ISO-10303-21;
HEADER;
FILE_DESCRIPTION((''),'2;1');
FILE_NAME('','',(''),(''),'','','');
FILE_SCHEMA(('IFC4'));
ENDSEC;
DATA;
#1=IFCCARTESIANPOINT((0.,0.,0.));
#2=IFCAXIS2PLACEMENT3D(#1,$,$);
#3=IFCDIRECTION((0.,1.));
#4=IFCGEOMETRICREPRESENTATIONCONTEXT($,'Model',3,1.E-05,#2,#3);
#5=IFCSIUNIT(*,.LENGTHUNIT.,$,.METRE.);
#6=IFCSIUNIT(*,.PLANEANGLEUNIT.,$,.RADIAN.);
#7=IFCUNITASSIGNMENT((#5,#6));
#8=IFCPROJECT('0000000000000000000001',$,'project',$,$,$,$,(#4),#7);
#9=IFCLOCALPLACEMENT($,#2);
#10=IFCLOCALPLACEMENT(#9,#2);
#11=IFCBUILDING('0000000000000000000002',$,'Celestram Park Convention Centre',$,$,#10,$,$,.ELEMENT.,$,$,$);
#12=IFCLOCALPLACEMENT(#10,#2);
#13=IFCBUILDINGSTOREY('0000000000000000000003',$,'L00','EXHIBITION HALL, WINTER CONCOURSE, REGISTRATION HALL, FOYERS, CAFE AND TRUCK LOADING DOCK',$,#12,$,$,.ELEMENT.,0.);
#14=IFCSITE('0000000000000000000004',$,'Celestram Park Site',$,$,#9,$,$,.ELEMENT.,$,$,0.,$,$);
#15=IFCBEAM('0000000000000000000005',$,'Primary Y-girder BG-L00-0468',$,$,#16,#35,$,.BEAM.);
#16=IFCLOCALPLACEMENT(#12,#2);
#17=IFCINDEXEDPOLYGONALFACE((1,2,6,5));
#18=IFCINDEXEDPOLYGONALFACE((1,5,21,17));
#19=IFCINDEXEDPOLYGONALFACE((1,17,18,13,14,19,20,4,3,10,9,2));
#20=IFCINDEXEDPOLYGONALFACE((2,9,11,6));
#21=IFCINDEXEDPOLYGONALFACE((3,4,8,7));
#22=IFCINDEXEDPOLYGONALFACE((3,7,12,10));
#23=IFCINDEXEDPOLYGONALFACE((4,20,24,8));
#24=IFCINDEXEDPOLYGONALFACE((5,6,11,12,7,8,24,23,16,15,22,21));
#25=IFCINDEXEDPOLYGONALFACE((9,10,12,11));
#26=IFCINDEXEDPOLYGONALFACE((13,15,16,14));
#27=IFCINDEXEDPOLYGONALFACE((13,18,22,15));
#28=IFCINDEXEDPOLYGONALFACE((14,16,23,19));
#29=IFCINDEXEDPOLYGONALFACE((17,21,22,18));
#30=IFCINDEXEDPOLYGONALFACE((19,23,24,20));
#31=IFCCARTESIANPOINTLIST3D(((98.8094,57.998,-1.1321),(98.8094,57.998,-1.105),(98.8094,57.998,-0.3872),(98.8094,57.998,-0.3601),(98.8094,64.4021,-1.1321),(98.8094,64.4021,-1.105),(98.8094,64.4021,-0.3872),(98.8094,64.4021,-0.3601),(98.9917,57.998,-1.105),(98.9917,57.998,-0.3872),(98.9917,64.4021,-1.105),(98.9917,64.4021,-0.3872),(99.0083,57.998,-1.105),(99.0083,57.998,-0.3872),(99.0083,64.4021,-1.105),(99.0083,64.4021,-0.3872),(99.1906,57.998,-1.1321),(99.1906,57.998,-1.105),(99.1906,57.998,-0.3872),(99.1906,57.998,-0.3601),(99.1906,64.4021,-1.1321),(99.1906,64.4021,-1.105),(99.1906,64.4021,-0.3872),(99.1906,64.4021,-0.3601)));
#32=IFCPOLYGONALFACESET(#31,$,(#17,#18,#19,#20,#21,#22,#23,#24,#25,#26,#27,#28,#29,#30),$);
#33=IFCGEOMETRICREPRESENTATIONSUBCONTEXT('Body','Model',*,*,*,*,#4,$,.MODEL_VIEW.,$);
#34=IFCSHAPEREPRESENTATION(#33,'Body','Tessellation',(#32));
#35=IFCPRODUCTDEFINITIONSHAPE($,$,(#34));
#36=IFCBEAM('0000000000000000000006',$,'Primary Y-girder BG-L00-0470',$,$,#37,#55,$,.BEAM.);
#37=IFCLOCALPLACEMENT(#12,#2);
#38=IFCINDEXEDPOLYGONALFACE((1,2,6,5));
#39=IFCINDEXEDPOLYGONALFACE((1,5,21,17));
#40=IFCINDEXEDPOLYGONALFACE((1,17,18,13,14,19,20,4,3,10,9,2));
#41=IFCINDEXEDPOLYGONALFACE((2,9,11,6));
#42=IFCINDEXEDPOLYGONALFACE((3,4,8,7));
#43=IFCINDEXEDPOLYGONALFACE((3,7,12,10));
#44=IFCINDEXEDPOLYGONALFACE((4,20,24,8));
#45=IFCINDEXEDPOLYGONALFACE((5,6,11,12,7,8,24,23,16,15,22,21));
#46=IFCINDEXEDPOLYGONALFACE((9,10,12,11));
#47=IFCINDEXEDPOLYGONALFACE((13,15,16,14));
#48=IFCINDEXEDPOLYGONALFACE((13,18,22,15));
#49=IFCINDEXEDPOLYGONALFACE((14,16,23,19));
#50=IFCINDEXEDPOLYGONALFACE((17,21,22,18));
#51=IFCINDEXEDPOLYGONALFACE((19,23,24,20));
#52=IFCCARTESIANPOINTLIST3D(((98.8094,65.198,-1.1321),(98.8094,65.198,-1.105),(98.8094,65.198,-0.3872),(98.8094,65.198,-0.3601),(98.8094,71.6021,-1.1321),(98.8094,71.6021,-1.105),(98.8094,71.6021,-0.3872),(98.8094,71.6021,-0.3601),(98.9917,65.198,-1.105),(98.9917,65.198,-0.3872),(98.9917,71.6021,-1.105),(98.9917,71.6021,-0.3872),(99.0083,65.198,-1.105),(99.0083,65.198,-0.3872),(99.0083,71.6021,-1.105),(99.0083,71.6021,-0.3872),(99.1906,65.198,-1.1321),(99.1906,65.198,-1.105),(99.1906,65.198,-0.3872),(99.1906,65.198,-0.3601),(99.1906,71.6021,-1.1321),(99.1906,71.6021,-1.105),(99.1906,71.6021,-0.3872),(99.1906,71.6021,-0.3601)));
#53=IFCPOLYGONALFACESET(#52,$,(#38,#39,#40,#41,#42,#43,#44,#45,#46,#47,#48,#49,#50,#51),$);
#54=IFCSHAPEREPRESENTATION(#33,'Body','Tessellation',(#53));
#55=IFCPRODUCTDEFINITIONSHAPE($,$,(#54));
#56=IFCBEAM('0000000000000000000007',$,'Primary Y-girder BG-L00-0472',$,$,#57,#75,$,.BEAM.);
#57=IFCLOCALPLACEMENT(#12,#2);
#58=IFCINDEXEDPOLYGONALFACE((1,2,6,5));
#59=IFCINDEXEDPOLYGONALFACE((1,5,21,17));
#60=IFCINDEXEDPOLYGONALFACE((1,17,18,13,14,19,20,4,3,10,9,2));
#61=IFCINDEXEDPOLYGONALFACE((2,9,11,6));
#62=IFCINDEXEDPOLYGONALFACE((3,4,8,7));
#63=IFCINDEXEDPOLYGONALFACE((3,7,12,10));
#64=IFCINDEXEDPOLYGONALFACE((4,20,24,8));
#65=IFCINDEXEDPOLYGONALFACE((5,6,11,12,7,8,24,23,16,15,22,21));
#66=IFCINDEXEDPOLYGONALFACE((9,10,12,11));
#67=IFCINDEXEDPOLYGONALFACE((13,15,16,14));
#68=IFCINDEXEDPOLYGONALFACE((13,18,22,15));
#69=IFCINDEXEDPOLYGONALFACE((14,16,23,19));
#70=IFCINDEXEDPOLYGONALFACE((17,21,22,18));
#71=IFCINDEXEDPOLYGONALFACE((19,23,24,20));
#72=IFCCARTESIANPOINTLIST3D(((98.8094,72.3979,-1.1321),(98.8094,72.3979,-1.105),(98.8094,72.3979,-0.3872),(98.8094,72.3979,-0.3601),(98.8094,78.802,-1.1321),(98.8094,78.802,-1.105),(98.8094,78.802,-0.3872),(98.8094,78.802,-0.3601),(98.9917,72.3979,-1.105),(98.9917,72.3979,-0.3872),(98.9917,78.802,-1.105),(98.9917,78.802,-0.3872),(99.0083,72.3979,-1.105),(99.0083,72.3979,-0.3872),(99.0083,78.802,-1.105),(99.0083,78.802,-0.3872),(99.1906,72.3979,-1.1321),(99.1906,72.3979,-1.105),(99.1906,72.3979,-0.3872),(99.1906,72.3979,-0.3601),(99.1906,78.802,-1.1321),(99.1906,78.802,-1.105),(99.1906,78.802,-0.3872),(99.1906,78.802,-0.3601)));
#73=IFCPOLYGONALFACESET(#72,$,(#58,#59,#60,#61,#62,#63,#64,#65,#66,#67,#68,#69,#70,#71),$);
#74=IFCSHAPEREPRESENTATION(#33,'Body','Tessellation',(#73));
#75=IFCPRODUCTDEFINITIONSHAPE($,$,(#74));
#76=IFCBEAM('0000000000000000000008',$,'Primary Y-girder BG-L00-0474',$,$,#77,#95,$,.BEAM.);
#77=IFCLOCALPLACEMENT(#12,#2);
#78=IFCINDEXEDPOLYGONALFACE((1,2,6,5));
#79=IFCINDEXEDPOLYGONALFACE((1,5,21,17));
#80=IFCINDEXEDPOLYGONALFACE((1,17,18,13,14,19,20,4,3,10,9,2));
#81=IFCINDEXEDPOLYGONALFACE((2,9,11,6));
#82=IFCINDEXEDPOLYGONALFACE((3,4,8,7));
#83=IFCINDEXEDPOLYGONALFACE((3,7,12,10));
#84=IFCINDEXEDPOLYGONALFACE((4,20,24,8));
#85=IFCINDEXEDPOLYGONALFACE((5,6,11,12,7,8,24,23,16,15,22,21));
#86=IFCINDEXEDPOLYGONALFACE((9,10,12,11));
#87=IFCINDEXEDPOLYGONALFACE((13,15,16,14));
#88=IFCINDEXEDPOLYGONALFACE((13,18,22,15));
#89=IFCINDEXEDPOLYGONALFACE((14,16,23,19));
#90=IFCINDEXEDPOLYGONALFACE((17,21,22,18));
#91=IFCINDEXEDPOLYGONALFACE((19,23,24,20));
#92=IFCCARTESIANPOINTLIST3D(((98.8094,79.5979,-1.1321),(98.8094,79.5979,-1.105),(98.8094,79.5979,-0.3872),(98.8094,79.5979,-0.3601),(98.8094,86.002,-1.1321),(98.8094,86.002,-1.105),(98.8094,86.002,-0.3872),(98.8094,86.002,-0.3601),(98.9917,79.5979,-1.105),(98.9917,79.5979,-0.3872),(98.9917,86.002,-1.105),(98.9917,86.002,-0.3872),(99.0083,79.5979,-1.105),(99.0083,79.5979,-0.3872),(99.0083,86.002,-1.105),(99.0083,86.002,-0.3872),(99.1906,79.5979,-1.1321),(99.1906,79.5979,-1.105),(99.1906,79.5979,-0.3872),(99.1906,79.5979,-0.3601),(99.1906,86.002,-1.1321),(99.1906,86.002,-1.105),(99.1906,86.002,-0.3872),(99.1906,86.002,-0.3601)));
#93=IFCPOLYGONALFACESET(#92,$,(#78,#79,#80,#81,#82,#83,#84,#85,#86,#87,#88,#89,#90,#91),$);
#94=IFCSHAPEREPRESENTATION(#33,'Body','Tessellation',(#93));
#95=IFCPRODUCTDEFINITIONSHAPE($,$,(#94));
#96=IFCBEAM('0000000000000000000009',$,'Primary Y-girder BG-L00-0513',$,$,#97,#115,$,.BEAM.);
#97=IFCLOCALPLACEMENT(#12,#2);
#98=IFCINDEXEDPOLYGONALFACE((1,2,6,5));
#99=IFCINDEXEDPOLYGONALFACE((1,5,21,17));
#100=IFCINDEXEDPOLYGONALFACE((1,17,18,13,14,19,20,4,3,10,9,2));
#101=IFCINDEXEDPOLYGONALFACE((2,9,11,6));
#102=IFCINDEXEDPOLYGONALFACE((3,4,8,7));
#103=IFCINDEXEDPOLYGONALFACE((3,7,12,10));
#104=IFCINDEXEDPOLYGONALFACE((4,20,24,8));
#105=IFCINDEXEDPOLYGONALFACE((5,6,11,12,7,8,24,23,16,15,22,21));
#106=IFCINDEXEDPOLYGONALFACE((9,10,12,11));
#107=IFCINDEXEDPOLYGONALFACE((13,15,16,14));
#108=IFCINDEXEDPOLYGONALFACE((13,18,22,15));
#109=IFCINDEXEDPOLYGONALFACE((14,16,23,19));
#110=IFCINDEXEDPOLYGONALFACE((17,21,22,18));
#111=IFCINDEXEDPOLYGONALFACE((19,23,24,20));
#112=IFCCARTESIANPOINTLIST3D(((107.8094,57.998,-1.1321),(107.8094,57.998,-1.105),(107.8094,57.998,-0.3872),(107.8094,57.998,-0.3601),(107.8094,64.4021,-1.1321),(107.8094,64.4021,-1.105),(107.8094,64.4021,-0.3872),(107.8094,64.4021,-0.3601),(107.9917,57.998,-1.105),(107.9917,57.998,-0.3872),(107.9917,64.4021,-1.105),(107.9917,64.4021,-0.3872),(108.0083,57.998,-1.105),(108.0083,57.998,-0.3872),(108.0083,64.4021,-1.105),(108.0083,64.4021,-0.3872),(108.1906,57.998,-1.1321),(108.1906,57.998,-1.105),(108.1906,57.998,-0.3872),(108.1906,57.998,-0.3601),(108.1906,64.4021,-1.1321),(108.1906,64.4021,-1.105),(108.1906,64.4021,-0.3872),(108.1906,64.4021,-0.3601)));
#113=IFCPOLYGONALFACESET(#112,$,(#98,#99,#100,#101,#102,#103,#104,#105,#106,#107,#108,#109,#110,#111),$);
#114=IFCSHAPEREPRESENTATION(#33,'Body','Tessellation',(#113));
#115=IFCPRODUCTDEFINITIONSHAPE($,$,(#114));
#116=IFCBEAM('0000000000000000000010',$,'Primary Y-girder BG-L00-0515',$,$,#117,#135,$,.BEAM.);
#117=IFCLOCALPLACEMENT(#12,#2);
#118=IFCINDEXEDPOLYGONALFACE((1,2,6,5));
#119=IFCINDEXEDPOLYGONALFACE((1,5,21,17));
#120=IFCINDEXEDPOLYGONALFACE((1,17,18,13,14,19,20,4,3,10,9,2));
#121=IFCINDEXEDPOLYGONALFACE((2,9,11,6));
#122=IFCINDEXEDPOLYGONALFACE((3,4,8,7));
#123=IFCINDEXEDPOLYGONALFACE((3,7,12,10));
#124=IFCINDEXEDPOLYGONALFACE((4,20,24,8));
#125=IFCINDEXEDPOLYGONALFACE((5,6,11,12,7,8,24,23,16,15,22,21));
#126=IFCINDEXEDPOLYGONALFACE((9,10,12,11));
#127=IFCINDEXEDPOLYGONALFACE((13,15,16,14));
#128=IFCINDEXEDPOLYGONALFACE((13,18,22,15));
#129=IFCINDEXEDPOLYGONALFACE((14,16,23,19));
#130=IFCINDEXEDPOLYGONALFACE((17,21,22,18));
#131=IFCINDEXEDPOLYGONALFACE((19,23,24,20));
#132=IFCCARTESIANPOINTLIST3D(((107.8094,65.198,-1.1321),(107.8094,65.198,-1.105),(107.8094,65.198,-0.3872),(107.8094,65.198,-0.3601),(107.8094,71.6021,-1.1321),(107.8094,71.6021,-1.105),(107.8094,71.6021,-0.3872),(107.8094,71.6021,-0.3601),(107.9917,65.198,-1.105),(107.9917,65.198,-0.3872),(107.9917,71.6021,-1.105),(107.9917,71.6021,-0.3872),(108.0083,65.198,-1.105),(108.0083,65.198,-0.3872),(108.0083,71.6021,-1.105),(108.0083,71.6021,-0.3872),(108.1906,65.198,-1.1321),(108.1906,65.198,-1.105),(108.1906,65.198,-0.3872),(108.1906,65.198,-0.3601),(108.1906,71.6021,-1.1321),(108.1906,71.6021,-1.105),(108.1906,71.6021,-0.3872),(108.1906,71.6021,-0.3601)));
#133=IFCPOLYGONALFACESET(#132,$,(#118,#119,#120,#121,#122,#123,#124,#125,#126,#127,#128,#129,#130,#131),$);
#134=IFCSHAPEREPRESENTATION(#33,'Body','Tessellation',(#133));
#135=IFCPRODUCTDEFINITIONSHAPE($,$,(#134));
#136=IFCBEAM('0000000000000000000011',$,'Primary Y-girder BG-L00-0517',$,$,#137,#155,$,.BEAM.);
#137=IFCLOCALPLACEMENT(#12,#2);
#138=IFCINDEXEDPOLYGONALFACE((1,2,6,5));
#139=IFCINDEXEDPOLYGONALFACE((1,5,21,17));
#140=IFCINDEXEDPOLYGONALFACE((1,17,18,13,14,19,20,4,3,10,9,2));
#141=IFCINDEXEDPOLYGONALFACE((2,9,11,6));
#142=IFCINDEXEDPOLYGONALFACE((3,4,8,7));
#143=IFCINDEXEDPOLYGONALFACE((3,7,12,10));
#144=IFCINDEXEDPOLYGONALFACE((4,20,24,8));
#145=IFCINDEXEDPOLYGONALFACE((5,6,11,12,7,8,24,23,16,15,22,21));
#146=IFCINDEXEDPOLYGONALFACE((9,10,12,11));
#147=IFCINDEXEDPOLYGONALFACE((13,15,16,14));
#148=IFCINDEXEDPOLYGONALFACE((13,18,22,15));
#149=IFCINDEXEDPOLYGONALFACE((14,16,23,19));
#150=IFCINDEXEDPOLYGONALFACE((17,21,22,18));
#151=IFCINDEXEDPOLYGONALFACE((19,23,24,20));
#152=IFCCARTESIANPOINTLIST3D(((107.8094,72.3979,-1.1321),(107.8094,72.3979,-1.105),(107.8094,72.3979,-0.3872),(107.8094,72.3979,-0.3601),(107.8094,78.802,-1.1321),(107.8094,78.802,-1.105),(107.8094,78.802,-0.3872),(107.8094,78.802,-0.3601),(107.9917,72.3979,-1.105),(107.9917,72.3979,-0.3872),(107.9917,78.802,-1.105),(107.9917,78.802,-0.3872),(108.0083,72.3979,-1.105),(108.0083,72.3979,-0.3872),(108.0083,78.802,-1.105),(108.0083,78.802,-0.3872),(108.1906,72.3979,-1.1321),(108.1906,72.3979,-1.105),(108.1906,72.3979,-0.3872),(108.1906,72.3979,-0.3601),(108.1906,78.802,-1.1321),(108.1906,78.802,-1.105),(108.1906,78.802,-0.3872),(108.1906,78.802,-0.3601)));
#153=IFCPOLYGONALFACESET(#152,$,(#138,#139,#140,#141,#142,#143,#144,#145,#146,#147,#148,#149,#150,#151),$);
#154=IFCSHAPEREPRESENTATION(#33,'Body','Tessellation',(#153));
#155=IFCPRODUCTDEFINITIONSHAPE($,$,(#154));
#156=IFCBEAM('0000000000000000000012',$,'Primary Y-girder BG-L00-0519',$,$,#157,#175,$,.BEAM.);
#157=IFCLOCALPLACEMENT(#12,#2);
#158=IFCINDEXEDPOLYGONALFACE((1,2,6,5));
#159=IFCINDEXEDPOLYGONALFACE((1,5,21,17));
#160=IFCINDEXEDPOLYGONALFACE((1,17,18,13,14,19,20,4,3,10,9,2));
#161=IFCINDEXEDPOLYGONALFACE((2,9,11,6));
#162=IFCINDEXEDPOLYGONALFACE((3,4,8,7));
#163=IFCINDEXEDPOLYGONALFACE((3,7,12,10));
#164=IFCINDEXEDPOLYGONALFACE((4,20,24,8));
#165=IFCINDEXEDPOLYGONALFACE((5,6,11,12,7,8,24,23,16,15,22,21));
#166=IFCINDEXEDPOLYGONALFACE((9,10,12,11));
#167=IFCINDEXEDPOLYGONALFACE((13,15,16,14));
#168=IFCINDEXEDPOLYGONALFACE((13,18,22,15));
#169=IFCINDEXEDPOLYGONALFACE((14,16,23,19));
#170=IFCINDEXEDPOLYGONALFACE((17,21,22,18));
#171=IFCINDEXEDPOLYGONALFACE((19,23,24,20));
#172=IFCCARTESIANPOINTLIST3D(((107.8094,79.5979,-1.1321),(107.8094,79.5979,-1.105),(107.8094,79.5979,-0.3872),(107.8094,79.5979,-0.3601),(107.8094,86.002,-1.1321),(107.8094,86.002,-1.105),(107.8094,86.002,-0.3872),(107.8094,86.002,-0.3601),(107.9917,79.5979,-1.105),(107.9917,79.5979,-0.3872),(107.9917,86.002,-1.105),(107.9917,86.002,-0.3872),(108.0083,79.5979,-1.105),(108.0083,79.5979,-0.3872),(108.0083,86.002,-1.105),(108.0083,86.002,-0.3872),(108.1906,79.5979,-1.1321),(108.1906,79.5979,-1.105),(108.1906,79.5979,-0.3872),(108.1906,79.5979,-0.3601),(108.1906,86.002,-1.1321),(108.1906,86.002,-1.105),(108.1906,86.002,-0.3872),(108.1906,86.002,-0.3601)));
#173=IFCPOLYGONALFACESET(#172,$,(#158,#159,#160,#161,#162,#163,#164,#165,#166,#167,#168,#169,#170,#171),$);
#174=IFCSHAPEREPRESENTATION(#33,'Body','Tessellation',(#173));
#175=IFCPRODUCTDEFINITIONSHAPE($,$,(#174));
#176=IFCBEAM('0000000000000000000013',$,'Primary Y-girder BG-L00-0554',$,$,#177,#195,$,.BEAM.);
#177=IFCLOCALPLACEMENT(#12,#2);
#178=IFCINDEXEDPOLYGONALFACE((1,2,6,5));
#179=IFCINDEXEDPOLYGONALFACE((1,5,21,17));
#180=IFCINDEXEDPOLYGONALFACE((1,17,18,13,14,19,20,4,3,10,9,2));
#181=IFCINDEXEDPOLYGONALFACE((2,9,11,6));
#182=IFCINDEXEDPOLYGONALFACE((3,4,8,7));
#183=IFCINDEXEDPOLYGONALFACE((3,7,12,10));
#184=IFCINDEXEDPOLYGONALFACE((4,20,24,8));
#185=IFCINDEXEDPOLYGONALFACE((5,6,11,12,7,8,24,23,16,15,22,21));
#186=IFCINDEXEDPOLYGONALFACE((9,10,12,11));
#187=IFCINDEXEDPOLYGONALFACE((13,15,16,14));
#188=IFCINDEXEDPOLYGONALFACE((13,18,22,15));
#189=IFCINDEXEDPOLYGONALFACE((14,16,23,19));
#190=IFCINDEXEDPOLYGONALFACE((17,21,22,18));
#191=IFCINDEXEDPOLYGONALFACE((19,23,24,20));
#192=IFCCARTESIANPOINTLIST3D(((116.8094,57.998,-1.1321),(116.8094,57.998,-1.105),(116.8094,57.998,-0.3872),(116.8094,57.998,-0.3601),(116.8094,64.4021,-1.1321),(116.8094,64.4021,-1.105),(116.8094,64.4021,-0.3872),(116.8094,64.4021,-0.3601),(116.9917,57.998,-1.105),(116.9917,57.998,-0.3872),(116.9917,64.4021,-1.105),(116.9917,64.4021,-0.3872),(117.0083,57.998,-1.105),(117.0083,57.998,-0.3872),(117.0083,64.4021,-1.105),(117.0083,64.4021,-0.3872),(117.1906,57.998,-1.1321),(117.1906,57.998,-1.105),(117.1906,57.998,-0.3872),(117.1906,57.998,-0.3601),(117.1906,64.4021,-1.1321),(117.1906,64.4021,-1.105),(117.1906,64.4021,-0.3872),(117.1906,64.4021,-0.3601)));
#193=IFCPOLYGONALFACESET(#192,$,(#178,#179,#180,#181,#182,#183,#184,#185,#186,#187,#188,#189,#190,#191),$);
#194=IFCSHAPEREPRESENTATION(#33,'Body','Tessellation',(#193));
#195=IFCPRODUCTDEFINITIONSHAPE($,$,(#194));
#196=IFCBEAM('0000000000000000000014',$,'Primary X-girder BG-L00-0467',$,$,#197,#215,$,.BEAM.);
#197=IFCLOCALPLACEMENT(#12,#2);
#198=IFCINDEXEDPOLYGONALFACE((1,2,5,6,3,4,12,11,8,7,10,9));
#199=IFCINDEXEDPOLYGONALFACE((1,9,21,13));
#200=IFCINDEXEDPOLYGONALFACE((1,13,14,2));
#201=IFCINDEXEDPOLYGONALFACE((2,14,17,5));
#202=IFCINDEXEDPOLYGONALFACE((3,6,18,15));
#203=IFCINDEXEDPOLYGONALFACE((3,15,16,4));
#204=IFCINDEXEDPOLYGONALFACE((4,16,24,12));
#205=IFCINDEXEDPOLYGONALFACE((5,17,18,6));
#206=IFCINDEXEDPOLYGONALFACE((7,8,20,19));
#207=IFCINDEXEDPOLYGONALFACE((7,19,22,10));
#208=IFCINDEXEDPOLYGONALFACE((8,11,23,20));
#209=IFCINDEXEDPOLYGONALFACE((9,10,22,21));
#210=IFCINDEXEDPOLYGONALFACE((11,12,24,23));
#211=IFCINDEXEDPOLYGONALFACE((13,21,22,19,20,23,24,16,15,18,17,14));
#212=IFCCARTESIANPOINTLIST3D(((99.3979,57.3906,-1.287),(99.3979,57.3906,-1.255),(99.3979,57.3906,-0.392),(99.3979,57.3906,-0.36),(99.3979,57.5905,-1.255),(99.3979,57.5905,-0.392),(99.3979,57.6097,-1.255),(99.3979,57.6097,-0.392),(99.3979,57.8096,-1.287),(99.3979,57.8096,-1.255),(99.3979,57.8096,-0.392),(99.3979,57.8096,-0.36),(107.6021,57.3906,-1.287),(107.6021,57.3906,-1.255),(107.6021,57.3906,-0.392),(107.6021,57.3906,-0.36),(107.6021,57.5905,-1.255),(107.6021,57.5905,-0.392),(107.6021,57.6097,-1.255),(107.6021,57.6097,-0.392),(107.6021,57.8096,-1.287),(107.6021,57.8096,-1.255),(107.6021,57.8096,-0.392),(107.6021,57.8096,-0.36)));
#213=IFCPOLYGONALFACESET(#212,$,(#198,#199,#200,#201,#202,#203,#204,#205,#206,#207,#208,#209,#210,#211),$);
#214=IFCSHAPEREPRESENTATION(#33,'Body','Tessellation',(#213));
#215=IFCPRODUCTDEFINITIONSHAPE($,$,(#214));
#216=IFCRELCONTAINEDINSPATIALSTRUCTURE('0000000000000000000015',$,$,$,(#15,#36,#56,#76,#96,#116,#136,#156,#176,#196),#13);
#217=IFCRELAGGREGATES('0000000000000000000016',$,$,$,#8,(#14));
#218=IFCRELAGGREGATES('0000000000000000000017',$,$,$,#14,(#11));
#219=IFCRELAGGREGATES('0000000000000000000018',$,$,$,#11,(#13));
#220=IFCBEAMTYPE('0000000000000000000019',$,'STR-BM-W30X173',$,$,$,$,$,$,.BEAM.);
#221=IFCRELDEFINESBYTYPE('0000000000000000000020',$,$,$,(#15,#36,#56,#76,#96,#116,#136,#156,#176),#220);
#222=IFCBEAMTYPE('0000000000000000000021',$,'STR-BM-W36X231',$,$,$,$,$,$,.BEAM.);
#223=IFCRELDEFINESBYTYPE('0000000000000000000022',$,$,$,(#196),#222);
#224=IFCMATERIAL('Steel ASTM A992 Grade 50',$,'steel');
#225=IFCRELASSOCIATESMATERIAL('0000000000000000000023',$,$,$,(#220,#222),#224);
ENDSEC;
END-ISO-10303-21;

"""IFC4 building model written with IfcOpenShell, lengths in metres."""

from ifc_helpers import new_model, si_unit, direction, frame, origin, origin_2d, place, context, subcontext, project, spatial, i_section, extrude, material, material_profile, profile_set, type_object, element, save


model = new_model("IFC4")

# Units and contexts
model_context = context("Model", 3, precision=1e-05, world=origin(), true_north=direction((0.0, 1.0)))
body_context = subcontext(model_context, "Body", "Model", "MODEL_VIEW")
ifc_project = project(units=[si_unit("LENGTHUNIT", "METRE"), si_unit("PLANEANGLEUNIT", "RADIAN")], contexts=[model_context])

# Site, building, storey
site_placement = place(None, origin())
site = spatial("IfcSite", under=ifc_project, at=site_placement, Name="Celestram Park Site", CompositionType="ELEMENT", RefElevation=0.0)
building_placement = place(site_placement, origin())
building = spatial("IfcBuilding", under=site, at=building_placement, Name="Celestram Park Convention Centre", CompositionType="ELEMENT")
storey_placement = place(building_placement, origin())
storey = spatial("IfcBuildingStorey", under=building, at=storey_placement, Name="L00", Description="EXHIBITION HALL, WINTER CONCOURSE, REGISTRATION HALL, FOYERS, CAFE AND TRUCK LOADING DOCK", CompositionType="ELEMENT", Elevation=0.0)

# Beams
ifc_material = material(Name="Steel ASTM A992 Grade 50", Category="steel")
ifc_material_profile_1 = material_profile(ifc_material, i_section(OverallWidth=0.3811, OverallDepth=0.772, WebThickness=0.0166, FlangeThickness=0.0271, at=origin_2d()), Name="W30X173")
ifc_profile_set_1 = profile_set([ifc_material_profile_1], Name="Steel ASTM A992 Grade 50")
beam_type_1 = type_object("IfcBeamType", Name="STR-BM-W30X173", PredefinedType="BEAM", material=ifc_profile_set_1)
for number, where, z_axis, x_axis, name in (
    (1, (99.0, 57.998, -0.7461), (0.0, 1.0, 0.0), (-1.0, 0.0, 0.0), "Primary Y-girder BG-L00-0468"),
    (2, (99.0, 65.198, -0.7461), (0.0, 1.0, 0.0), (-1.0, 0.0, 0.0), "Primary Y-girder BG-L00-0470"),
    (3, (99.0, 72.3979, -0.7461), (0.0, 1.0, 0.0), (-1.0, 0.0, 0.0), "Primary Y-girder BG-L00-0472"),
    (4, (99.0, 79.5979, -0.7461), (0.0, 1.0, 0.0), (-1.0, 0.0, 0.0), "Primary Y-girder BG-L00-0474"),
    (5, (108.0, 57.998, -0.7461), (0.0, 1.0, 0.0), (-1.0, 0.0, 0.0), "Primary Y-girder BG-L00-0513"),
    (6, (108.0, 65.198, -0.7461), (0.0, 1.0, 0.0), (-1.0, 0.0, 0.0), "Primary Y-girder BG-L00-0515"),
    (7, (108.0, 72.3979, -0.7461), (0.0, 1.0, 0.0), (-1.0, 0.0, 0.0), "Primary Y-girder BG-L00-0517"),
    (8, (108.0, 79.5979, -0.7461), (0.0, 1.0, 0.0), (-1.0, 0.0, 0.0), "Primary Y-girder BG-L00-0519"),
    (9, (117.0, 57.998, -0.7461), (0.0, 1.0, 0.0), (-1.0, 0.0, 0.0), "Primary Y-girder BG-L00-0554"),
):
    element("IfcBeam", number, at=place(storey_placement, frame(where, z_axis=z_axis, x_axis=x_axis)), inside=storey, type_object=beam_type_1, Name=name, PredefinedType="BEAM", context=body_context, shape_type="SweptSolid", body=[
        extrude(i_section(OverallWidth=0.3811, OverallDepth=0.772, WebThickness=0.0166, FlangeThickness=0.0271, at=origin_2d()), origin(), (0.0, 0.0, 1.0), 6.4041),
    ])
ifc_material_profile_2 = material_profile(ifc_material, i_section(OverallWidth=0.4189, OverallDepth=0.927, WebThickness=0.0193, FlangeThickness=0.032, at=origin_2d()), Name="W36X231")
ifc_profile_set_2 = profile_set([ifc_material_profile_2], Name="Steel ASTM A992 Grade 50")
beam_type_2 = type_object("IfcBeamType", Name="STR-BM-W36X231", PredefinedType="BEAM", material=ifc_profile_set_2)
for number, where, z_axis, x_axis, name in (
    (10, (99.3979, 57.6001, -0.8235), (1.0, 0.0, 0.0), (0.0, 1.0, 0.0), "Primary X-girder BG-L00-0467"),
):
    element("IfcBeam", number, at=place(storey_placement, frame(where, z_axis=z_axis, x_axis=x_axis)), inside=storey, type_object=beam_type_2, Name=name, PredefinedType="BEAM", context=body_context, shape_type="SweptSolid", body=[
        extrude(i_section(OverallWidth=0.4189, OverallDepth=0.927, WebThickness=0.0193, FlangeThickness=0.032, at=origin_2d()), origin(), (0.0, 0.0, 1.0), 8.2041),
    ])

save(model, "model.ifc")
